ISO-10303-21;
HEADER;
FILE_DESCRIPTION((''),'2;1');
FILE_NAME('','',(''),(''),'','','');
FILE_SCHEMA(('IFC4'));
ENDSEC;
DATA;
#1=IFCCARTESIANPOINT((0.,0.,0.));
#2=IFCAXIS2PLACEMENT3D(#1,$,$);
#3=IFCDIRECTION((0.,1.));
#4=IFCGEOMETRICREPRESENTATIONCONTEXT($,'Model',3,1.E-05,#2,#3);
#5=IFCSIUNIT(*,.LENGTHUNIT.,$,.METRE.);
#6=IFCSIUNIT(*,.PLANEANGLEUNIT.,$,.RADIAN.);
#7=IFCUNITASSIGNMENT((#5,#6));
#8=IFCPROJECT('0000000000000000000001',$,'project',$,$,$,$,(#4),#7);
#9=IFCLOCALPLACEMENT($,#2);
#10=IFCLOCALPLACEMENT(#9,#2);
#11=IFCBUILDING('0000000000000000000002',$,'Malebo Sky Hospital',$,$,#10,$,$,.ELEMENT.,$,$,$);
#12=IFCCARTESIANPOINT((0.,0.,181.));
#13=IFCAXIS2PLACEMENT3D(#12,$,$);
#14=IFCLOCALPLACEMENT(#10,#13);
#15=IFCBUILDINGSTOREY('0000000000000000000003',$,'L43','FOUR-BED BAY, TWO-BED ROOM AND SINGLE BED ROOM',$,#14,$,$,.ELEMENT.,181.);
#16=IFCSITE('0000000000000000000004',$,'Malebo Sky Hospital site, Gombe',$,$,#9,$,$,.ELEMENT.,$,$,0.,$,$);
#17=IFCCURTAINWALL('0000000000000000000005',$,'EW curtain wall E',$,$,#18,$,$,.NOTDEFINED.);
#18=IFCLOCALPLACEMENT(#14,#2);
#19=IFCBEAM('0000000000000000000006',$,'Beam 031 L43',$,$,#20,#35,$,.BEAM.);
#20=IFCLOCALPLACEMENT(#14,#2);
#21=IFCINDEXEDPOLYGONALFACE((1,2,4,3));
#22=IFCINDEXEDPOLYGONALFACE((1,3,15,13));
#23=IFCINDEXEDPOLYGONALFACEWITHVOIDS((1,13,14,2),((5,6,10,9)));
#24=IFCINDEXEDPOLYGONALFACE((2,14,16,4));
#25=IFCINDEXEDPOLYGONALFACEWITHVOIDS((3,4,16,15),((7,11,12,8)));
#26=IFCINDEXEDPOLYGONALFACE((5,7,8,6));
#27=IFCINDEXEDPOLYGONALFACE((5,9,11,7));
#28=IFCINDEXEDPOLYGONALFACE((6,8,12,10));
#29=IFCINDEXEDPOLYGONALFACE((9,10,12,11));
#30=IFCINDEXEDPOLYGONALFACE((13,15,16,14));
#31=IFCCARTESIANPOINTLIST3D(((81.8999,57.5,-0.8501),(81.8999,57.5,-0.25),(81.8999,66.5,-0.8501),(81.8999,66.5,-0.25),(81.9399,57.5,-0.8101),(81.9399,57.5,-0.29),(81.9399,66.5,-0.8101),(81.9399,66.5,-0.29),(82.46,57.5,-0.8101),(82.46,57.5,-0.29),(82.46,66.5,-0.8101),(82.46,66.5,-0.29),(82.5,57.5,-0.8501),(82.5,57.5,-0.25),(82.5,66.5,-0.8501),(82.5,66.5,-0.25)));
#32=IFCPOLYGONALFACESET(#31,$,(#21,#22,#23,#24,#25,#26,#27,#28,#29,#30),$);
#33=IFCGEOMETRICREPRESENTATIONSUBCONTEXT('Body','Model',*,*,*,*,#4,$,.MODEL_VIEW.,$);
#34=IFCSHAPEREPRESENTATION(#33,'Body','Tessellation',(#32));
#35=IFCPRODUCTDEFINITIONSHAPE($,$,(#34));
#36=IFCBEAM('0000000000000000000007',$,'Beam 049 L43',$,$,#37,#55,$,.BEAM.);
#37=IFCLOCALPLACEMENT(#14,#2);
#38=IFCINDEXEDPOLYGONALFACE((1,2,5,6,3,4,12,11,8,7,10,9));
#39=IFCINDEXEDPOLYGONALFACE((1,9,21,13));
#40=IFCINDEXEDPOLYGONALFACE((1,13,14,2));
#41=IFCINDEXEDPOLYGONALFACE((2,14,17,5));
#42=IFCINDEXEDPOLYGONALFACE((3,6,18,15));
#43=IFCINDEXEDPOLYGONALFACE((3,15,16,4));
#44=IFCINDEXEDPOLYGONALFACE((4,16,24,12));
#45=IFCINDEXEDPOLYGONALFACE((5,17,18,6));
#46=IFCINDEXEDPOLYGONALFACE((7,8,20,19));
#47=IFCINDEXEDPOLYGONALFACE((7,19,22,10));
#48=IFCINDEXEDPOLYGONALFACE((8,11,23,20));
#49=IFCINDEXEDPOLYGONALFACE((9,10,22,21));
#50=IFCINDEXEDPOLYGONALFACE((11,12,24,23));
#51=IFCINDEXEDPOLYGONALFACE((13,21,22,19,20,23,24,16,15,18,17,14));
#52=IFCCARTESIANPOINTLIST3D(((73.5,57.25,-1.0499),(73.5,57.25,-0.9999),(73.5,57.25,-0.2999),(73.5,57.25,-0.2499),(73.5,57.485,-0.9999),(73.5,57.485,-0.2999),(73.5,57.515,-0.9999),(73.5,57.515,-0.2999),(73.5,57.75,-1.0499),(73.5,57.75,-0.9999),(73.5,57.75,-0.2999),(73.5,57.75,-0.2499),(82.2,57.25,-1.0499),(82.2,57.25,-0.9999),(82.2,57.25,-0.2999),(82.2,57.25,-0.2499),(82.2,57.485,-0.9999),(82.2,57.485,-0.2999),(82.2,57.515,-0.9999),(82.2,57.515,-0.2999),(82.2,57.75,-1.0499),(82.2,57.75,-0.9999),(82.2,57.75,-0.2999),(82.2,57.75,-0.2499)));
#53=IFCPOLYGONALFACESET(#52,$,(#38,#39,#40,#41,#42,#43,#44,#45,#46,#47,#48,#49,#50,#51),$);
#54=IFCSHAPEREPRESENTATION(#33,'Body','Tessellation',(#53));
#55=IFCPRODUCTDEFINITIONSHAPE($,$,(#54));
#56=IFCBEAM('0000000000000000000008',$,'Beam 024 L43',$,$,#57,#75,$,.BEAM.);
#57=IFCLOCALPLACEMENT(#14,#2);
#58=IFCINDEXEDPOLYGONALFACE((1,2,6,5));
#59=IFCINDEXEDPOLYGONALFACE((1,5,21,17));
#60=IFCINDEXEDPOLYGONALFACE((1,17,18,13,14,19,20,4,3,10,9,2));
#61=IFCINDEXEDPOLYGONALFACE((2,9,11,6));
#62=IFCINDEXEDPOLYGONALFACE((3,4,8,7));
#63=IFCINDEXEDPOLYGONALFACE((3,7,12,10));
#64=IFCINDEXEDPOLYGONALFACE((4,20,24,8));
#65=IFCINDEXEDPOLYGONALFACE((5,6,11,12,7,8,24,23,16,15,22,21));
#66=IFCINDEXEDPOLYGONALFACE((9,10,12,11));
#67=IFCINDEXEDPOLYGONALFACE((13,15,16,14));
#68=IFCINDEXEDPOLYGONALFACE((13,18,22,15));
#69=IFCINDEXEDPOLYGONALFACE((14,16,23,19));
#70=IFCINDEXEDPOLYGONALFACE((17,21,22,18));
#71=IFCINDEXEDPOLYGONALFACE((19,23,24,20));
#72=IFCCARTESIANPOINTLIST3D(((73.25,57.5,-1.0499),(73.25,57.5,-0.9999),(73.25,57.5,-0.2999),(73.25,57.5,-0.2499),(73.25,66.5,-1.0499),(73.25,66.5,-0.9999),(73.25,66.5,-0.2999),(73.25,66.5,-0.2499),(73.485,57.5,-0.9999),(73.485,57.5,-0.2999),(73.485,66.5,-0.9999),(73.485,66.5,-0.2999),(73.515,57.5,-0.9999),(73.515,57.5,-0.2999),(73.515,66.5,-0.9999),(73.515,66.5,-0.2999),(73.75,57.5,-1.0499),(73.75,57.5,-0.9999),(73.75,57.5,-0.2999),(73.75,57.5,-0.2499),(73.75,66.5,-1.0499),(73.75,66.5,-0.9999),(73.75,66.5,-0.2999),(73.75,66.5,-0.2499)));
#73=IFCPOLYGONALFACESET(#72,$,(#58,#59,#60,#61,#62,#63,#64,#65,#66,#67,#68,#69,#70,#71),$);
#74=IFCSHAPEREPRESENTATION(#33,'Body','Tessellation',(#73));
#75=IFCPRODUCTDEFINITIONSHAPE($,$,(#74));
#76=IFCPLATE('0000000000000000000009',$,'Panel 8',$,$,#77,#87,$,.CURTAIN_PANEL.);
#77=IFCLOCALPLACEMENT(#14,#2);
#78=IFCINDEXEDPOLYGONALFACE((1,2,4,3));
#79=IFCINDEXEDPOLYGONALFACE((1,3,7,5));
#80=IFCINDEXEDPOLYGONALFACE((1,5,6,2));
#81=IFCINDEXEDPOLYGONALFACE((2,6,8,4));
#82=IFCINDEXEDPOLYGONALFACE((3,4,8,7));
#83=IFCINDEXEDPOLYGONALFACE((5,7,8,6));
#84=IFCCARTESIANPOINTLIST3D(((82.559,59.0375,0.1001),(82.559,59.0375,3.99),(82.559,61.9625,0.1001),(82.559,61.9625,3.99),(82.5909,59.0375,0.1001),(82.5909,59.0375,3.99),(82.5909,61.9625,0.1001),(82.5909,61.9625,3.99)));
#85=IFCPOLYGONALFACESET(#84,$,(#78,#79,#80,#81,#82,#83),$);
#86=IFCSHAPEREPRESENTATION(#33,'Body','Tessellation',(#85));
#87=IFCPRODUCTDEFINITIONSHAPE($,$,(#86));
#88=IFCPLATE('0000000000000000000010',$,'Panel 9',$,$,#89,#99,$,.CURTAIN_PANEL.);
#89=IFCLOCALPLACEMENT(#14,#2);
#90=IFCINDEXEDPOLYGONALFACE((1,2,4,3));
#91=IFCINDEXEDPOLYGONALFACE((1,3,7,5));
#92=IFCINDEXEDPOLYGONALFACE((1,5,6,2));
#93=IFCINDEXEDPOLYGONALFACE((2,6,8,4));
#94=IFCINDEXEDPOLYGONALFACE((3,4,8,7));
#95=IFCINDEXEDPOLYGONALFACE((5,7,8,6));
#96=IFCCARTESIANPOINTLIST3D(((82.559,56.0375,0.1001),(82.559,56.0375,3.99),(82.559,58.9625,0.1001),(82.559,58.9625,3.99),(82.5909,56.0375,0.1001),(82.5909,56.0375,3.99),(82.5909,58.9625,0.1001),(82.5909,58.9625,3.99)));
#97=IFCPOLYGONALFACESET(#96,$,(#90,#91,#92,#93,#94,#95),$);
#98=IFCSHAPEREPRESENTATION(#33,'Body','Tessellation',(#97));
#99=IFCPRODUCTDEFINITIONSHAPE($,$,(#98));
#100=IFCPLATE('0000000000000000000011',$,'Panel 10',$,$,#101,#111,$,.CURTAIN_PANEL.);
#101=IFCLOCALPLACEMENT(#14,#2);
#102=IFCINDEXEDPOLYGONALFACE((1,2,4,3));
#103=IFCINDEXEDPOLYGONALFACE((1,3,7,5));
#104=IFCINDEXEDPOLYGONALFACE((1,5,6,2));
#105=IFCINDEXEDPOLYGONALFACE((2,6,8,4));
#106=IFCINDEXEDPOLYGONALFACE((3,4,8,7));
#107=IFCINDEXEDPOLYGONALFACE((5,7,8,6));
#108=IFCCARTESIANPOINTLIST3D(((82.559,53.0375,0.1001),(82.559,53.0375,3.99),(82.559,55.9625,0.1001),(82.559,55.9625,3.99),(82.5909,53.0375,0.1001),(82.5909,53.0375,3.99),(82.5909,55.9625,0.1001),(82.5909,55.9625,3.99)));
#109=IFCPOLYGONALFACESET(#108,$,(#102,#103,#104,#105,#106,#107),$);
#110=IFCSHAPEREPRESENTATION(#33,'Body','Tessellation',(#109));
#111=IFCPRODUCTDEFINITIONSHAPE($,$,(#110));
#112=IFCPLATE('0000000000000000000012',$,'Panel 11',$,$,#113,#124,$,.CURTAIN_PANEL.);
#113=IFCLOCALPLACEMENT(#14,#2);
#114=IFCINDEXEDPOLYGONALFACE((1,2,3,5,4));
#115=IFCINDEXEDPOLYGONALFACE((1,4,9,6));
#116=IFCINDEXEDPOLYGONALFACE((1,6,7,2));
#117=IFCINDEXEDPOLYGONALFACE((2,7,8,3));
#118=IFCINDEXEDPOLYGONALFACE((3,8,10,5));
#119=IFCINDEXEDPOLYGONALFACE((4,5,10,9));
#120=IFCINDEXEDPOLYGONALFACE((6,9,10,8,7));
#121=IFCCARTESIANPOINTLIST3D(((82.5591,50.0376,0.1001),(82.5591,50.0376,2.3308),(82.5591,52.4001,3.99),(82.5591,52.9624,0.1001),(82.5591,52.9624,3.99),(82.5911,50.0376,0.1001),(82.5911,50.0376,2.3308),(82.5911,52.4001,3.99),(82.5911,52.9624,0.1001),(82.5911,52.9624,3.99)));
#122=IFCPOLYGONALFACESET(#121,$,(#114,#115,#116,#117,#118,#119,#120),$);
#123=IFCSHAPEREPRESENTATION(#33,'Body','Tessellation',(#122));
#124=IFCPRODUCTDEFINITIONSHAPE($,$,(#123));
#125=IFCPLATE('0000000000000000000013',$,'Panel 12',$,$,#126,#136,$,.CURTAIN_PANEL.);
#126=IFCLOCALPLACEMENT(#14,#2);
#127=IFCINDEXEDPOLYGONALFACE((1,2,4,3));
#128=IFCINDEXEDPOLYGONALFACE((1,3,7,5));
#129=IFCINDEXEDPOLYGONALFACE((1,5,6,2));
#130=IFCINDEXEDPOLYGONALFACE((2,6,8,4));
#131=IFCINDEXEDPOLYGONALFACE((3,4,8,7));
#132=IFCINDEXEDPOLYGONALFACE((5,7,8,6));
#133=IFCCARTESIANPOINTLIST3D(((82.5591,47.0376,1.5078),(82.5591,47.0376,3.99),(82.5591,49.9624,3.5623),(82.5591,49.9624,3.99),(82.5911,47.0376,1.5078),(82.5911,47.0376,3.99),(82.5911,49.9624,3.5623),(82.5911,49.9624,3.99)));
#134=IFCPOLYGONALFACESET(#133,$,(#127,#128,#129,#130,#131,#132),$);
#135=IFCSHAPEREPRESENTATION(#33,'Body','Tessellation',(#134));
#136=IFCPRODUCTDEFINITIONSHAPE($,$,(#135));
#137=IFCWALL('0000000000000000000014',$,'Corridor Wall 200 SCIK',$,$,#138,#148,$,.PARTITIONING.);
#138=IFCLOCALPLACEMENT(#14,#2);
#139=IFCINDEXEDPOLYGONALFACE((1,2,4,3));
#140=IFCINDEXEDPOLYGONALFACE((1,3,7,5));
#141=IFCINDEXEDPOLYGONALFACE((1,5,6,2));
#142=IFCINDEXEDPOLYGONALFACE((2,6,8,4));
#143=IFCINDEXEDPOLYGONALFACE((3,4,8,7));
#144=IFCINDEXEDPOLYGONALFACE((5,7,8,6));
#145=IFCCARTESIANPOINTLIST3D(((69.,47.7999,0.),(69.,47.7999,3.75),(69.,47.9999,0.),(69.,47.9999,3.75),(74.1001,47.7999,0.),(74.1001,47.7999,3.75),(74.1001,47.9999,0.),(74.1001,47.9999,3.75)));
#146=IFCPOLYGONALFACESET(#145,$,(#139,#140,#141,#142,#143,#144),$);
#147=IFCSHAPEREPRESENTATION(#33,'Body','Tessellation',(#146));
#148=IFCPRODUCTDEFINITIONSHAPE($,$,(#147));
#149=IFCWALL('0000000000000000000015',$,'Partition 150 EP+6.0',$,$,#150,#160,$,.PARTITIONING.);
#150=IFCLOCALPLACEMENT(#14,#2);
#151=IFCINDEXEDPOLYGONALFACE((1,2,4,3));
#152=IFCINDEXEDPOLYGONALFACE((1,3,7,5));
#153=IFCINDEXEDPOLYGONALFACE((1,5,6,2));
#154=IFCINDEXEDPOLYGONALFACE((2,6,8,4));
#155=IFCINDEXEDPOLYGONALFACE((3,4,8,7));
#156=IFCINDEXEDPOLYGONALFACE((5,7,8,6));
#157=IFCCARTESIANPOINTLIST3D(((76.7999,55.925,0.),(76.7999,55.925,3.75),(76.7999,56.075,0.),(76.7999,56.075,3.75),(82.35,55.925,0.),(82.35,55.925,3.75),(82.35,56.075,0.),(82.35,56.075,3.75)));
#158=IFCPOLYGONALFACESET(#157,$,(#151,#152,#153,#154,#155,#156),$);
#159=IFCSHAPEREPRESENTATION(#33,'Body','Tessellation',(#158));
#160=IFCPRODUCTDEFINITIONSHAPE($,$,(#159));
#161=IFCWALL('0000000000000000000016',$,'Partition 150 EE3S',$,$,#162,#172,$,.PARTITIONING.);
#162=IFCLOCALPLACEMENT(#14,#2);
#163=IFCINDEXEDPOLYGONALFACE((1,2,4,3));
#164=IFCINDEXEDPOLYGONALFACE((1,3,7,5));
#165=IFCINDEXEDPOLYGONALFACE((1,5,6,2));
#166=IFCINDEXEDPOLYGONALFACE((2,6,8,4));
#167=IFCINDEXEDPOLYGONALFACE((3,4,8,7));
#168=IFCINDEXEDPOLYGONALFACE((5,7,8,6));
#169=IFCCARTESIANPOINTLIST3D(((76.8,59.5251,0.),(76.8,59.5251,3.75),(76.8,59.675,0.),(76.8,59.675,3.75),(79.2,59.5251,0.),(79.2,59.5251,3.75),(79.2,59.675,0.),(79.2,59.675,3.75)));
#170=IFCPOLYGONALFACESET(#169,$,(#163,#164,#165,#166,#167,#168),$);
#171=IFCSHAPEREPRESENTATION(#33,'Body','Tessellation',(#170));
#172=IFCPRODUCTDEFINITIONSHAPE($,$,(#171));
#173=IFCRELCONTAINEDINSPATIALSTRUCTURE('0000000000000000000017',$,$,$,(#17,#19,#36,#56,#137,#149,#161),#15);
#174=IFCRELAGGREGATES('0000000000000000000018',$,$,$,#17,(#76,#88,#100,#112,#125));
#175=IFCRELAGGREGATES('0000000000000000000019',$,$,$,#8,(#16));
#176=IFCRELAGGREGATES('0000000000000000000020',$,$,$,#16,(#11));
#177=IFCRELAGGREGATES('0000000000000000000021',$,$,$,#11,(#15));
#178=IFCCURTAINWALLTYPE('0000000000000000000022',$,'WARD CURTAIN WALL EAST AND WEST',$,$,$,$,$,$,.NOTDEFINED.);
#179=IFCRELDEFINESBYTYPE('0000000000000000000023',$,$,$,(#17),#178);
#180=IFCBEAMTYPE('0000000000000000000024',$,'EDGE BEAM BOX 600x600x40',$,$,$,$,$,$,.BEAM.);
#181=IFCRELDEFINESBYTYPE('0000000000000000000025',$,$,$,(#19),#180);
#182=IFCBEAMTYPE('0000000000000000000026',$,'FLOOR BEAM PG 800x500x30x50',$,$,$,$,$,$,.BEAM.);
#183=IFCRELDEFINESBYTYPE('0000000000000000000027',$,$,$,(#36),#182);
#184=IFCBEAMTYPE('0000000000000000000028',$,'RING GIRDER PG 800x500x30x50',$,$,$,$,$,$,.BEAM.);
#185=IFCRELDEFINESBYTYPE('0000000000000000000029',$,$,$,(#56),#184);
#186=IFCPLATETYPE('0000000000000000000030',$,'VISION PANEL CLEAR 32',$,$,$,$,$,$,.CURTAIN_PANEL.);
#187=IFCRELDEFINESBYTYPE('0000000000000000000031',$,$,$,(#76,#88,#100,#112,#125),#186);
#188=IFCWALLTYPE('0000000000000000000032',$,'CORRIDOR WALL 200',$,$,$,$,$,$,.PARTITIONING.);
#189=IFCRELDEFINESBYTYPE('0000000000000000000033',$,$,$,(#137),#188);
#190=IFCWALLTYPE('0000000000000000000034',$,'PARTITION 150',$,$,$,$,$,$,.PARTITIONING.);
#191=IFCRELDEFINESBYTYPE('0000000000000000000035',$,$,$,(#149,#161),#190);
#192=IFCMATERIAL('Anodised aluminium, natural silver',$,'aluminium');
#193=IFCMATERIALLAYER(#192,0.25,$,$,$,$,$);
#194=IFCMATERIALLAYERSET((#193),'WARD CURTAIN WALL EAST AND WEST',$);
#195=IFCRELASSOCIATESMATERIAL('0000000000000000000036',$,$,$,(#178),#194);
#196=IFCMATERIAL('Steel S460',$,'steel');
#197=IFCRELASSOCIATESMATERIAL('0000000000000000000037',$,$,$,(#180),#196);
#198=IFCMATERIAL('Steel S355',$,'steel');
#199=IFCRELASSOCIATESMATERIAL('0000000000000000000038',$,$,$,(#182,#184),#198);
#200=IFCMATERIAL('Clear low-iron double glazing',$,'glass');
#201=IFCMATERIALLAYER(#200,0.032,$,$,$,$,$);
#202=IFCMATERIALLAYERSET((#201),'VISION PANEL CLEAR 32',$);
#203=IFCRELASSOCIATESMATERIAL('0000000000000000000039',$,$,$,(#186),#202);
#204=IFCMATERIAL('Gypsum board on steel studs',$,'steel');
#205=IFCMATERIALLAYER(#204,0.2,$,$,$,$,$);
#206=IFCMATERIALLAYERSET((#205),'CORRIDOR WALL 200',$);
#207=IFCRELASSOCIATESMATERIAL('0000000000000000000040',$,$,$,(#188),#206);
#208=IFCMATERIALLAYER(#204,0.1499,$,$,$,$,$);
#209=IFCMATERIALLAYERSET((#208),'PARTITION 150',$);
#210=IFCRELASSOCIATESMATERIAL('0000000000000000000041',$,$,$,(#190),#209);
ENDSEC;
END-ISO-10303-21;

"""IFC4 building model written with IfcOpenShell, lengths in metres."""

from ifc_helpers import new_model, si_unit, direction, frame, frame_2d, origin, origin_2d, place, context, subcontext, project, spatial, polyline, rectangle, hollow_rectangle, i_section, outline, extrude, material, layer, layer_set, material_profile, profile_set, type_object, element, aggregate, save


model = new_model("IFC4")

# Units and contexts
model_context = context("Model", 3, precision=1e-05, world=origin(), true_north=direction((0.0, 1.0)))
body_context = subcontext(model_context, "Body", "Model", "MODEL_VIEW")
ifc_project = project(units=[si_unit("LENGTHUNIT", "METRE"), si_unit("PLANEANGLEUNIT", "RADIAN")], contexts=[model_context])

# Site, building, storey
site_placement = place(None, origin())
site = spatial("IfcSite", under=ifc_project, at=site_placement, Name="Malebo Sky Hospital site, Gombe", CompositionType="ELEMENT", RefElevation=0.0)
building_placement = place(site_placement, origin())
building = spatial("IfcBuilding", under=site, at=building_placement, Name="Malebo Sky Hospital", CompositionType="ELEMENT")
storey_placement = place(building_placement, frame((0.0, 0.0, 181.0)))
storey = spatial("IfcBuildingStorey", under=building, at=storey_placement, Name="L43", Description="FOUR-BED BAY, TWO-BED ROOM AND SINGLE BED ROOM", CompositionType="ELEMENT", Elevation=181.0)

# Shared definitions
ifc_material_1 = material(Name="Steel S460", Category="steel")

# Curtain wall
ifc_material_2 = material(Name="Anodised aluminium, natural silver", Category="aluminium")
ifc_layer_1 = layer(ifc_material_2, 0.25)
ifc_layer_set_1 = layer_set([ifc_layer_1], Name="WARD CURTAIN WALL EAST AND WEST")
curtain_wall_type = type_object("IfcCurtainWallType", Name="WARD CURTAIN WALL EAST AND WEST", PredefinedType="NOTDEFINED", material=ifc_layer_set_1)
curtain_wall_placement = place(storey_placement, origin())
curtain_wall = element("IfcCurtainWall", 1, at=curtain_wall_placement, inside=storey, type_object=curtain_wall_type, Name="EW curtain wall E", PredefinedType="NOTDEFINED")

# Beams
ifc_material_profile_1 = material_profile(ifc_material_1, hollow_rectangle(XDim=0.6001, YDim=0.6001, WallThickness=0.04, at=origin_2d()), Name="BOX 600x600x40")
ifc_profile_set_1 = profile_set([ifc_material_profile_1], Name="Steel S460")
beam_type_1 = type_object("IfcBeamType", Name="EDGE BEAM BOX 600x600x40", PredefinedType="BEAM", material=ifc_profile_set_1)
for number, where, z_axis, x_axis, name in (
    (2, (82.2, 57.5, -0.55), (0.0, 1.0, 0.0), (-1.0, 0.0, 0.0), "Beam 031 L43"),
):
    element("IfcBeam", number, at=place(storey_placement, frame(where, z_axis=z_axis, x_axis=x_axis)), inside=storey, type_object=beam_type_1, Name=name, PredefinedType="BEAM", context=body_context, shape_type="SweptSolid", body=[
        extrude(hollow_rectangle(XDim=0.6001, YDim=0.6001, WallThickness=0.04, at=origin_2d()), origin(), (0.0, 0.0, 1.0), 9.0),
    ])
ifc_material_3 = material(Name="Steel S355", Category="steel")
ifc_material_profile_2 = material_profile(ifc_material_3, i_section(OverallWidth=0.5, OverallDepth=0.8, WebThickness=0.03, FlangeThickness=0.05, at=origin_2d()), Name="PG 800x500x30x50")
ifc_profile_set_2 = profile_set([ifc_material_profile_2], Name="Steel S355")
beam_type_2 = type_object("IfcBeamType", Name="FLOOR BEAM PG 800x500x30x50", PredefinedType="BEAM", material=ifc_profile_set_2)
beam_1_placement = place(storey_placement, frame((73.5, 57.5, -0.6499), z_axis=(1.0, 0.0, 0.0), x_axis=(0.0, 1.0, 0.0)))
element("IfcBeam", 3, at=beam_1_placement, inside=storey, type_object=beam_type_2, Name="Beam 049 L43", PredefinedType="BEAM", context=body_context, shape_type="SweptSolid", body=[
    extrude(i_section(OverallWidth=0.5, OverallDepth=0.8, WebThickness=0.03, FlangeThickness=0.05, at=origin_2d()), origin(), (0.0, 0.0, 1.0), 8.7),
])
ifc_material_profile_3 = material_profile(ifc_material_3, i_section(OverallWidth=0.5, OverallDepth=0.8, WebThickness=0.03, FlangeThickness=0.05, at=origin_2d()), Name="PG 800x500x30x50")
ifc_profile_set_3 = profile_set([ifc_material_profile_3], Name="Steel S355")
beam_type_3 = type_object("IfcBeamType", Name="RING GIRDER PG 800x500x30x50", PredefinedType="BEAM", material=ifc_profile_set_3)
beam_2_placement = place(storey_placement, frame((73.5, 57.5, -0.6499), z_axis=(0.0, 1.0, 0.0), x_axis=(-1.0, 0.0, 0.0)))
element("IfcBeam", 4, at=beam_2_placement, inside=storey, type_object=beam_type_3, Name="Beam 024 L43", PredefinedType="BEAM", context=body_context, shape_type="SweptSolid", body=[
    extrude(i_section(OverallWidth=0.5, OverallDepth=0.8, WebThickness=0.03, FlangeThickness=0.05, at=origin_2d()), origin(), (0.0, 0.0, 1.0), 9.0),
])

# Plates
ifc_material_4 = material(Name="Clear low-iron double glazing", Category="glass")
ifc_layer_2 = layer(ifc_material_4, 0.032)
ifc_layer_set_2 = layer_set([ifc_layer_2], Name="VISION PANEL CLEAR 32")
plate_type = type_object("IfcPlateType", Name="VISION PANEL CLEAR 32", PredefinedType="CURTAIN_PANEL", material=ifc_layer_set_2)
plate_1_placement = place(storey_placement, frame((82.575, 60.5, 0.1001), z_axis=(0.0, 0.0, 1.0), x_axis=(0.0, -1.0, 0.0)))
plate_1 = element("IfcPlate", 5, at=plate_1_placement, type_object=plate_type, Name="Panel 8", PredefinedType="CURTAIN_PANEL", context=body_context, shape_type="SweptSolid", body=[
    extrude(rectangle(XDim=2.925, YDim=0.032, at=origin_2d()), origin(), (0.0, 0.0, 1.0), 3.8899),
])
plate_2_placement = place(storey_placement, frame((82.575, 57.5, 0.1001), z_axis=(0.0, 0.0, 1.0), x_axis=(0.0, -1.0, 0.0)))
plate_2 = element("IfcPlate", 6, at=plate_2_placement, type_object=plate_type, Name="Panel 9", PredefinedType="CURTAIN_PANEL", context=body_context, shape_type="SweptSolid", body=[
    extrude(rectangle(XDim=2.925, YDim=0.032, at=origin_2d()), origin(), (0.0, 0.0, 1.0), 3.8899),
])
plate_3_placement = place(storey_placement, frame((82.575, 54.5, 0.1001), z_axis=(0.0, 0.0, 1.0), x_axis=(0.0, -1.0, 0.0)))
plate_3 = element("IfcPlate", 7, at=plate_3_placement, type_object=plate_type, Name="Panel 10", PredefinedType="CURTAIN_PANEL", context=body_context, shape_type="SweptSolid", body=[
    extrude(rectangle(XDim=2.925, YDim=0.032, at=origin_2d()), origin(), (0.0, 0.0, 1.0), 3.8899),
])
plate_4_placement = place(storey_placement, frame((82.575, 51.5, 0.1001), z_axis=(0.0, 0.0, 1.0), x_axis=(0.0, -1.0, 0.0)))
plate_4 = element("IfcPlate", 8, at=plate_4_placement, type_object=plate_type, Name="Panel 11", PredefinedType="CURTAIN_PANEL", context=body_context, shape_type="SweptSolid", body=[
    extrude(outline(polyline([(-1.4624, 0.0), (1.4624, 0.0), (1.4624, 2.2307), (-0.9001, 3.8899), (-1.4624, 3.8899), (-1.4624, 0.0)])), frame((0.0, 0.0161, 0.0), z_axis=(0.0, -1.0, 0.0), x_axis=(1.0, 0.0, 0.0)), (0.0, 0.0, 1.0), 0.032),
])
plate_5_placement = place(storey_placement, frame((82.575, 48.5, 1.5078), z_axis=(0.0, 0.0, 1.0), x_axis=(0.0, -1.0, 0.0)))
plate_5 = element("IfcPlate", 9, at=plate_5_placement, type_object=plate_type, Name="Panel 12", PredefinedType="CURTAIN_PANEL", context=body_context, shape_type="SweptSolid", body=[
    extrude(outline(polyline([(1.4624, 0.0), (1.4624, 2.4822), (-1.4624, 2.4822), (-1.4624, 2.0544), (1.4624, 0.0)])), frame((0.0, 0.0161, 0.0), z_axis=(0.0, -1.0, 0.0), x_axis=(1.0, 0.0, 0.0)), (0.0, 0.0, 1.0), 0.032),
])
aggregate(curtain_wall, [plate_1, plate_2, plate_3, plate_4, plate_5])

# Walls
ifc_material_5 = material(Name="Gypsum board on steel studs", Category="steel")
ifc_layer_3 = layer(ifc_material_5, 0.2)
ifc_layer_set_3 = layer_set([ifc_layer_3], Name="CORRIDOR WALL 200")
wall_type_1 = type_object("IfcWallType", Name="CORRIDOR WALL 200", PredefinedType="PARTITIONING", material=ifc_layer_set_3)
wall_1_placement = place(storey_placement, frame((74.1001, 47.8999, 0.0), z_axis=(0.0, 0.0, 1.0), x_axis=(-1.0, 0.0, 0.0)))
element("IfcWall", 10, at=wall_1_placement, inside=storey, type_object=wall_type_1, Name="Corridor Wall 200 SCIK", PredefinedType="PARTITIONING", context=body_context, shape_type="SweptSolid", body=[
    extrude(rectangle(XDim=5.1001, YDim=0.2, at=frame_2d((2.55, 0.0))), origin(), (0.0, 0.0, 1.0), 3.75),
])
ifc_layer_4 = layer(ifc_material_5, 0.1499)
ifc_layer_set_4 = layer_set([ifc_layer_4], Name="PARTITION 150")
wall_type_2 = type_object("IfcWallType", Name="PARTITION 150", PredefinedType="PARTITIONING", material=ifc_layer_set_4)
wall_2_placement = place(storey_placement, frame((76.8, 56.0, 0.0), z_axis=(0.0, 0.0, 1.0), x_axis=(1.0, 0.0, 0.0)))
element("IfcWall", 11, at=wall_2_placement, inside=storey, type_object=wall_type_2, Name="Partition 150 EP+6.0", PredefinedType="PARTITIONING", context=body_context, shape_type="SweptSolid", body=[
    extrude(rectangle(XDim=5.55, YDim=0.1499, at=frame_2d((2.7749, 0.0))), origin(), (0.0, 0.0, 1.0), 3.75),
])
wall_3_placement = place(storey_placement, frame((76.8, 59.6001, 0.0), z_axis=(0.0, 0.0, 1.0), x_axis=(1.0, 0.0, 0.0)))
element("IfcWall", 12, at=wall_3_placement, inside=storey, type_object=wall_type_2, Name="Partition 150 EE3S", PredefinedType="PARTITIONING", context=body_context, shape_type="SweptSolid", body=[
    extrude(rectangle(XDim=2.3999, YDim=0.1499, at=frame_2d((1.2, 0.0))), origin(), (0.0, 0.0, 1.0), 3.75),
])

save(model, "model.ifc")
